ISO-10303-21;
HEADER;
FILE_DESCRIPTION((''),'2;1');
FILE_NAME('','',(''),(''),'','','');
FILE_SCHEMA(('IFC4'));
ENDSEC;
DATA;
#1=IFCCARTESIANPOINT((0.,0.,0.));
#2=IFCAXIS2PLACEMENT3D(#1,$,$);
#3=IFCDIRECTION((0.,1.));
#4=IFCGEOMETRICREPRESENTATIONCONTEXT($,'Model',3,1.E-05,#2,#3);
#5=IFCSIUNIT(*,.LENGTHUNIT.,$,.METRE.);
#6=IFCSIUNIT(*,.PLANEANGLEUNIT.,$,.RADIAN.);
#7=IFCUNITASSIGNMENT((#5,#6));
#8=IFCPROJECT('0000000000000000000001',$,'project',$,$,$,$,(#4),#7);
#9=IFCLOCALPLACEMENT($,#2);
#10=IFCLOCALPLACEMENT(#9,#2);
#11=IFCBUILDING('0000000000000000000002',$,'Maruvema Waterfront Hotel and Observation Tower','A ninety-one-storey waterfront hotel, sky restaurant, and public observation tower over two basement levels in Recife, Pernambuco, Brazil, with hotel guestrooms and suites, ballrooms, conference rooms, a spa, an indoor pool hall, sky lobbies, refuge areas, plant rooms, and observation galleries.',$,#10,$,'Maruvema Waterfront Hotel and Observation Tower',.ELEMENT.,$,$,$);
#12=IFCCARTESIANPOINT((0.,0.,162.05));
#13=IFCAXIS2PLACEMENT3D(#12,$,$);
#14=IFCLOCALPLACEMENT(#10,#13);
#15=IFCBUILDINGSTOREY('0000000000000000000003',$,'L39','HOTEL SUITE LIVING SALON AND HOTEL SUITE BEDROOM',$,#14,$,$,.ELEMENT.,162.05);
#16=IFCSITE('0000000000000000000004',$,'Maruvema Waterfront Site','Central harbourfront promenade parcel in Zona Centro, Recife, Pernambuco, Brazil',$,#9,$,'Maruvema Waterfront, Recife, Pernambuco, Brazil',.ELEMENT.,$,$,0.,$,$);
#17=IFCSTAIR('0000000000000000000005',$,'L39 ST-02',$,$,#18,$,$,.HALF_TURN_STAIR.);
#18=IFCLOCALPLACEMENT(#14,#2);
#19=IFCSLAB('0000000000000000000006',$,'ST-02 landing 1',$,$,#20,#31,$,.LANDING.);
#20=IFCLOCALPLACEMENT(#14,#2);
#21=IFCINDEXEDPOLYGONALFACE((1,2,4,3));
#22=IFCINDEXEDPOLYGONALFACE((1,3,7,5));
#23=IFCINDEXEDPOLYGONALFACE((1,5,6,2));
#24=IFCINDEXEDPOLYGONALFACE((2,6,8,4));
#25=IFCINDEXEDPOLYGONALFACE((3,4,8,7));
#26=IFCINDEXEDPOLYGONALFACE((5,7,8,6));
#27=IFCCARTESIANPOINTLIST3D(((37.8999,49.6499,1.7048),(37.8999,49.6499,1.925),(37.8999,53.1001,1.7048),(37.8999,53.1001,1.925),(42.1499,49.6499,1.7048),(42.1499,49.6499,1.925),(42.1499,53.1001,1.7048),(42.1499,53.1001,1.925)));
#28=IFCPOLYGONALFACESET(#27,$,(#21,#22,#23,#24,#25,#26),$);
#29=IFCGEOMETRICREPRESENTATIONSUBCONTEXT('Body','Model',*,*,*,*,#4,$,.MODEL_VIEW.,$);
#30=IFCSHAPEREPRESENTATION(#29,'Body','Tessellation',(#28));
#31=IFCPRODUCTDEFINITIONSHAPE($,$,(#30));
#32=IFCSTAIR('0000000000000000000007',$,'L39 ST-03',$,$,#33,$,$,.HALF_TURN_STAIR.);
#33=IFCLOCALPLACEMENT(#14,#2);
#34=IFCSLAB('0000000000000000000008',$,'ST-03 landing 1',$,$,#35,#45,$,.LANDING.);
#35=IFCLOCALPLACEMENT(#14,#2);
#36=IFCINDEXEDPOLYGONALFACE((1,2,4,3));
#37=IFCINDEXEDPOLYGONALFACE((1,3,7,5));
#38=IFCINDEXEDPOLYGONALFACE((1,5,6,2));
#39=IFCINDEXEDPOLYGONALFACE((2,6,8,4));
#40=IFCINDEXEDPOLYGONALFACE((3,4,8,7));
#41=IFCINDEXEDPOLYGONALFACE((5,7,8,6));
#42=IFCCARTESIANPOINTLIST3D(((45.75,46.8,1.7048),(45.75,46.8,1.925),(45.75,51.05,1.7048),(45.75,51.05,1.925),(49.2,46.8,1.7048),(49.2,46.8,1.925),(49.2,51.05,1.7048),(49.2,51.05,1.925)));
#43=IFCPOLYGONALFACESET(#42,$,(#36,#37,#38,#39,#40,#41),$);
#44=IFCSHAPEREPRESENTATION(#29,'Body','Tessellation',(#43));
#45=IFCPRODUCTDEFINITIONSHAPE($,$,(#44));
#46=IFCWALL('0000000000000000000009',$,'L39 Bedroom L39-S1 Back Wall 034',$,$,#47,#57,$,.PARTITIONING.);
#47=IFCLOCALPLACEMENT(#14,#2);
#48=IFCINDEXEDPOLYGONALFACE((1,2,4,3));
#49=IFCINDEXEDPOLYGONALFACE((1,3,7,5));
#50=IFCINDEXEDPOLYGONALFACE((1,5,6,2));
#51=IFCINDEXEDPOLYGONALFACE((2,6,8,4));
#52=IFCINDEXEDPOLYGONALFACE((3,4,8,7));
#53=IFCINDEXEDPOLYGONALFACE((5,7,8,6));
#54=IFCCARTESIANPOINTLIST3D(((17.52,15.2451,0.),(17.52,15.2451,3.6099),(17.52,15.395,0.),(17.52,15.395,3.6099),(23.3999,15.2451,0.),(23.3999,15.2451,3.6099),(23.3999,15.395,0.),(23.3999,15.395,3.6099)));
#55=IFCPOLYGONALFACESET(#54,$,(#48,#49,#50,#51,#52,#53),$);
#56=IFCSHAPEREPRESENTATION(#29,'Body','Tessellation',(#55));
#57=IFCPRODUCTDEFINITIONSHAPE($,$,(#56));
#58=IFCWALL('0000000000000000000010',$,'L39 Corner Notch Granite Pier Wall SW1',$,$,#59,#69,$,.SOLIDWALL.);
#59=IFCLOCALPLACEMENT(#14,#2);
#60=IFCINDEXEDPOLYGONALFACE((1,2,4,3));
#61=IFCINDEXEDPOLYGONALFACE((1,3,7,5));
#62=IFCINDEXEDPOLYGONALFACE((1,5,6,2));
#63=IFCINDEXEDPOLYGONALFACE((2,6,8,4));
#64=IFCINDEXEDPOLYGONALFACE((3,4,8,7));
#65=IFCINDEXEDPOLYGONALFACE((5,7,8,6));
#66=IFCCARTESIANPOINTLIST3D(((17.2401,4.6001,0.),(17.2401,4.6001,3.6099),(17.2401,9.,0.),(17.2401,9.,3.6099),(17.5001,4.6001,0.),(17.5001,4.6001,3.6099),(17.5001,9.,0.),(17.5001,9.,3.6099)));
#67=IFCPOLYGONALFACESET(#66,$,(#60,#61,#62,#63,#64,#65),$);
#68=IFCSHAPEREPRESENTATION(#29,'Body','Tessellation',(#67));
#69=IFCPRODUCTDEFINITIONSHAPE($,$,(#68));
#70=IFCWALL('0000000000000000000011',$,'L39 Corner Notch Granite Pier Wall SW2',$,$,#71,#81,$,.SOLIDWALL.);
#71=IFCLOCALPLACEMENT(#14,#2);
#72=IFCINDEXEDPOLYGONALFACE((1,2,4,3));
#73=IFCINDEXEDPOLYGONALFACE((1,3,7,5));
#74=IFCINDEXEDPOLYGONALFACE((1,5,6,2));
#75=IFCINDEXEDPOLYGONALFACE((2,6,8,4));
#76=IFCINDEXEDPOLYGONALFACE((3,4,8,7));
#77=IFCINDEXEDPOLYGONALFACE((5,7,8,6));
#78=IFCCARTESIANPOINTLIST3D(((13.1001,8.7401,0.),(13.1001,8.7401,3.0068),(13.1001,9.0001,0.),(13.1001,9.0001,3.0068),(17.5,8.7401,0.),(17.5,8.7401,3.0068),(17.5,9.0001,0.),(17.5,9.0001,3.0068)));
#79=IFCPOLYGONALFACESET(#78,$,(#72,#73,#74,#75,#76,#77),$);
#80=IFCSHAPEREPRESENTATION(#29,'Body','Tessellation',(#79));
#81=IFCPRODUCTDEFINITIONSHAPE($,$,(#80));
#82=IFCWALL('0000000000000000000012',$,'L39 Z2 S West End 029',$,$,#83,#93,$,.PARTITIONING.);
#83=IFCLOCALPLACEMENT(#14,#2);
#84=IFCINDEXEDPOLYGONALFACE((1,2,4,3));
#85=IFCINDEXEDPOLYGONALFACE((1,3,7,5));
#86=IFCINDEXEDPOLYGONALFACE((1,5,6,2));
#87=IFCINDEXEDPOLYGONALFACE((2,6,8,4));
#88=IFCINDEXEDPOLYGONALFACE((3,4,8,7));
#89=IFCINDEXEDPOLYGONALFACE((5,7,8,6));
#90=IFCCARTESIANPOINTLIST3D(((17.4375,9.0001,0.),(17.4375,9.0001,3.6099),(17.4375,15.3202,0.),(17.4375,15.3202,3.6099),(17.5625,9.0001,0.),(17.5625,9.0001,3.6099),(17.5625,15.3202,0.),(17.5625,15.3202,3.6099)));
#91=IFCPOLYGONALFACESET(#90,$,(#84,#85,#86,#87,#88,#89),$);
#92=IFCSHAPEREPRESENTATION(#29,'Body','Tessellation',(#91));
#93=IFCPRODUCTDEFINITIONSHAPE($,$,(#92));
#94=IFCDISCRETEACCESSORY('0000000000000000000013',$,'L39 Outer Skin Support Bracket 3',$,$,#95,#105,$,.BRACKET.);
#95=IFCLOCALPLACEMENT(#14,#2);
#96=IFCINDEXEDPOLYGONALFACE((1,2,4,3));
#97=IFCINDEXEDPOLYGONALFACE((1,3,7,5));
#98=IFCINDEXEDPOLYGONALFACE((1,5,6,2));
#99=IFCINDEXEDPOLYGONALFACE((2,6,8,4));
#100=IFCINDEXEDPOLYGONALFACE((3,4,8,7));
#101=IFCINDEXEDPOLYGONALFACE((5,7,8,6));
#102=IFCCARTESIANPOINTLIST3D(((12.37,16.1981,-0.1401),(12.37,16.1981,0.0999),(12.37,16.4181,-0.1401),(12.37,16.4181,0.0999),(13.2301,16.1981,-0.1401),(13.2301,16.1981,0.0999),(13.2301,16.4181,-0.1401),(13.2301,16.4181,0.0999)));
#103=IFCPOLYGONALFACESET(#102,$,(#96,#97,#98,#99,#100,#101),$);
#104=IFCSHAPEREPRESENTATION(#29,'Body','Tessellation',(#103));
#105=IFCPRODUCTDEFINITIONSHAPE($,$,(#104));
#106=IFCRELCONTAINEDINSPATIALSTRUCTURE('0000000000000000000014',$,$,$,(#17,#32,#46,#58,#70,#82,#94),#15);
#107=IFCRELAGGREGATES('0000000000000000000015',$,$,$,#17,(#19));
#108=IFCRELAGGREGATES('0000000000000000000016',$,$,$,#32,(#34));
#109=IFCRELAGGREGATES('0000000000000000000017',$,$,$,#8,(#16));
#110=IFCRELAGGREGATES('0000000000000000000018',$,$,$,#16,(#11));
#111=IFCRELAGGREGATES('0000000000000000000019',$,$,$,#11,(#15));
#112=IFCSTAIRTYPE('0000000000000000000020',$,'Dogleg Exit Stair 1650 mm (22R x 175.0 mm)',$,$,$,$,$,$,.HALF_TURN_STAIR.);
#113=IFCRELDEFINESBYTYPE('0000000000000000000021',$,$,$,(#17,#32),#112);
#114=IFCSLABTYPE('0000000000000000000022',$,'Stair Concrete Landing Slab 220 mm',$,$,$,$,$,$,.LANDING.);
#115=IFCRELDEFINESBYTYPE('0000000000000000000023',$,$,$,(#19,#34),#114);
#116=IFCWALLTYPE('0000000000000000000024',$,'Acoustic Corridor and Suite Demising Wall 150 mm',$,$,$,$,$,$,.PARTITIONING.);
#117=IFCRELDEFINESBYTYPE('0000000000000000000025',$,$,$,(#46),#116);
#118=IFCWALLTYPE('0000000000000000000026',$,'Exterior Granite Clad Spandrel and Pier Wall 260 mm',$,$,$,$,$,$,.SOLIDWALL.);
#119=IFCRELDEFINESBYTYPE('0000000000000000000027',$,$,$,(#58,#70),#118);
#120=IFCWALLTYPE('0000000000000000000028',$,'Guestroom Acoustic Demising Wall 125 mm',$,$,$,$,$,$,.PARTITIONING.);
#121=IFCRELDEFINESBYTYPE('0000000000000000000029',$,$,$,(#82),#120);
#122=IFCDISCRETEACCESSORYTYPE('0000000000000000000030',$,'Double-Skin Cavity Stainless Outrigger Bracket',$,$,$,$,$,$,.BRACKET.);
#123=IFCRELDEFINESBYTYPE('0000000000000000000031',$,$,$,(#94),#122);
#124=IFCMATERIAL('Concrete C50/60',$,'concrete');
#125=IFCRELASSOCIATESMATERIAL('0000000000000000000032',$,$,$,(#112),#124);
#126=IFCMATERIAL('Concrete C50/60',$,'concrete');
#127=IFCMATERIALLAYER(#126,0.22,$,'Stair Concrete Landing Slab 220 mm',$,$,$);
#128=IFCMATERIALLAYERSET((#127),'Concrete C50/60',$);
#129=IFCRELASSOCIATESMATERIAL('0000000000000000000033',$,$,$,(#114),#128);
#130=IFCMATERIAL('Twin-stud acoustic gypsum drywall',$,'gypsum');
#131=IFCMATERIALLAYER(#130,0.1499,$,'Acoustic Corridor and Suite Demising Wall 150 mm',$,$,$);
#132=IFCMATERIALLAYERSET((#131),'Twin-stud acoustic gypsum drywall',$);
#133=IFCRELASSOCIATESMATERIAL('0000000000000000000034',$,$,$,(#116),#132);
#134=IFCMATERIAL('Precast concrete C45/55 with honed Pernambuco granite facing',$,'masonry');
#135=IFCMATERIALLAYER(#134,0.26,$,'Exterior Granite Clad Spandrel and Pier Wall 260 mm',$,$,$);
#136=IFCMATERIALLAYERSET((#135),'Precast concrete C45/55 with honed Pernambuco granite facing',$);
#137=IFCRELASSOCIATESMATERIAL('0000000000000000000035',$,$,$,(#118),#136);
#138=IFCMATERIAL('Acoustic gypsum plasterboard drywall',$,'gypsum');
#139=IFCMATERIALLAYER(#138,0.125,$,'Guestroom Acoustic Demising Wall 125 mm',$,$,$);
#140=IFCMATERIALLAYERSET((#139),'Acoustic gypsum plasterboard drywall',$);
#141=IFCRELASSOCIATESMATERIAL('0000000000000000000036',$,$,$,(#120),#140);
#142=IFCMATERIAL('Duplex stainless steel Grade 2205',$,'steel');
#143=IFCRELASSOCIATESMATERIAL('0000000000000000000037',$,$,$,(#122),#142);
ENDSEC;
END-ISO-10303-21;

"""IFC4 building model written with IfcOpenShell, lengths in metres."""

from ifc_helpers import new_model, si_unit, direction, frame, frame_2d, origin, origin_2d, place, context, subcontext, project, spatial, polyline, rectangle, outline, extrude, material, layer, layer_set, type_object, element, aggregate, save


model = new_model("IFC4")

# Units and contexts
model_context = context("Model", 3, precision=1e-05, world=origin(), true_north=direction((0.0, 1.0)))
body_context = subcontext(model_context, "Body", "Model", "MODEL_VIEW")
ifc_project = project(units=[si_unit("LENGTHUNIT", "METRE"), si_unit("PLANEANGLEUNIT", "RADIAN")], contexts=[model_context])

# Site, building, storey
site_placement = place(None, origin())
site = spatial("IfcSite", under=ifc_project, at=site_placement, Name="Maruvema Waterfront Site", Description="Central harbourfront promenade parcel in Zona Centro, Recife, Pernambuco, Brazil", LongName="Maruvema Waterfront, Recife, Pernambuco, Brazil", CompositionType="ELEMENT", RefElevation=0.0)
building_placement = place(site_placement, origin())
building = spatial("IfcBuilding", under=site, at=building_placement, Name="Maruvema Waterfront Hotel and Observation Tower", Description="A ninety-one-storey waterfront hotel, sky restaurant, and public observation tower over two basement levels in Recife, Pernambuco, Brazil, with hotel guestrooms and suites, ballrooms, conference rooms, a spa, an indoor pool hall, sky lobbies, refuge areas, plant rooms, and observation galleries.", LongName="Maruvema Waterfront Hotel and Observation Tower", CompositionType="ELEMENT")
storey_placement = place(building_placement, frame((0.0, 0.0, 162.05)))
storey = spatial("IfcBuildingStorey", under=building, at=storey_placement, Name="L39", Description="HOTEL SUITE LIVING SALON AND HOTEL SUITE BEDROOM", CompositionType="ELEMENT", Elevation=162.05)

# Stairs, slabs
ifc_material_1 = material(Name="Concrete C50/60", Category="concrete")
stair_type = type_object("IfcStairType", Name="Dogleg Exit Stair 1650 mm (22R x 175.0 mm)", PredefinedType="HALF_TURN_STAIR", material=ifc_material_1)
ifc_material_2 = material(Name="Concrete C50/60", Category="concrete")
ifc_layer_1 = layer(ifc_material_2, 0.22, Name="Stair Concrete Landing Slab 220 mm")
ifc_layer_set_1 = layer_set([ifc_layer_1], Name="Concrete C50/60")
slab_type_1 = type_object("IfcSlabType", Name="Stair Concrete Landing Slab 220 mm", PredefinedType="LANDING", material=ifc_layer_set_1)
stair_1_placement = place(storey_placement, origin())
stair_1 = element("IfcStair", 1, at=stair_1_placement, inside=storey, type_object=stair_type, Name="L39 ST-02", PredefinedType="HALF_TURN_STAIR")
slab_1_placement = place(storey_placement, frame((0.0, 0.0, 1.7048)))
slab_1 = element("IfcSlab", 2, at=slab_1_placement, type_object=slab_type_1, Name="ST-02 landing 1", PredefinedType="LANDING", context=body_context, shape_type="SweptSolid", body=[
    extrude(outline(polyline([(37.8999, 49.6499), (42.1499, 49.6499), (42.1499, 53.1001), (37.8999, 53.1001), (37.8999, 49.6499)])), origin(), (0.0, 0.0, 1.0), 0.2202),
])
aggregate(stair_1, [slab_1])
stair_2_placement = place(storey_placement, origin())
stair_2 = element("IfcStair", 3, at=stair_2_placement, inside=storey, type_object=stair_type, Name="L39 ST-03", PredefinedType="HALF_TURN_STAIR")
slab_2_placement = place(storey_placement, frame((0.0, 0.0, 1.7048)))
slab_2 = element("IfcSlab", 4, at=slab_2_placement, type_object=slab_type_1, Name="ST-03 landing 1", PredefinedType="LANDING", context=body_context, shape_type="SweptSolid", body=[
    extrude(outline(polyline([(49.2, 46.8), (49.2, 51.05), (45.75, 51.05), (45.75, 46.8), (49.2, 46.8)])), origin(), (0.0, 0.0, 1.0), 0.2202),
])
aggregate(stair_2, [slab_2])

# Walls
ifc_material_3 = material(Name="Twin-stud acoustic gypsum drywall", Category="gypsum")
ifc_layer_2 = layer(ifc_material_3, 0.1499, Name="Acoustic Corridor and Suite Demising Wall 150 mm")
ifc_layer_set_2 = layer_set([ifc_layer_2], Name="Twin-stud acoustic gypsum drywall")
wall_type_1 = type_object("IfcWallType", Name="Acoustic Corridor and Suite Demising Wall 150 mm", PredefinedType="PARTITIONING", material=ifc_layer_set_2)
wall_1_placement = place(storey_placement, frame((17.52, 15.3201, 0.0), z_axis=(0.0, 0.0, 1.0), x_axis=(1.0, 0.0, 0.0)))
element("IfcWall", 5, at=wall_1_placement, inside=storey, type_object=wall_type_1, Name="L39 Bedroom L39-S1 Back Wall 034", PredefinedType="PARTITIONING", context=body_context, shape_type="SweptSolid", body=[
    extrude(rectangle(XDim=5.8799, YDim=0.1499, at=frame_2d((2.9399, 0.0))), origin(), (0.0, 0.0, 1.0), 3.6099),
])
ifc_material_4 = material(Name="Precast concrete C45/55 with honed Pernambuco granite facing", Category="masonry")
ifc_layer_3 = layer(ifc_material_4, 0.26, Name="Exterior Granite Clad Spandrel and Pier Wall 260 mm")
ifc_layer_set_3 = layer_set([ifc_layer_3], Name="Precast concrete C45/55 with honed Pernambuco granite facing")
wall_type_2 = type_object("IfcWallType", Name="Exterior Granite Clad Spandrel and Pier Wall 260 mm", PredefinedType="SOLIDWALL", material=ifc_layer_set_3)
wall_2_placement = place(storey_placement, frame((17.3701, 4.6001, 0.0), z_axis=(0.0, 0.0, 1.0), x_axis=(0.0, 1.0, 0.0)))
element("IfcWall", 6, at=wall_2_placement, inside=storey, type_object=wall_type_2, Name="L39 Corner Notch Granite Pier Wall SW1", PredefinedType="SOLIDWALL", context=body_context, shape_type="SweptSolid", body=[
    extrude(rectangle(XDim=4.3999, YDim=0.26, at=frame_2d((2.2, 0.0))), origin(), (0.0, 0.0, 1.0), 3.6099),
])
wall_3_placement = place(storey_placement, frame((17.5, 8.8701, 0.0), z_axis=(0.0, 0.0, 1.0), x_axis=(-1.0, 0.0, 0.0)))
element("IfcWall", 7, at=wall_3_placement, inside=storey, type_object=wall_type_2, Name="L39 Corner Notch Granite Pier Wall SW2", PredefinedType="SOLIDWALL", context=body_context, shape_type="SweptSolid", body=[
    extrude(rectangle(XDim=4.3999, YDim=0.26, at=frame_2d((2.2, 0.0))), origin(), (0.0, 0.0, 1.0), 3.0068),
])
ifc_material_5 = material(Name="Acoustic gypsum plasterboard drywall", Category="gypsum")
ifc_layer_4 = layer(ifc_material_5, 0.125, Name="Guestroom Acoustic Demising Wall 125 mm")
ifc_layer_set_4 = layer_set([ifc_layer_4], Name="Acoustic gypsum plasterboard drywall")
wall_type_3 = type_object("IfcWallType", Name="Guestroom Acoustic Demising Wall 125 mm", PredefinedType="PARTITIONING", material=ifc_layer_set_4)
wall_4_placement = place(storey_placement, frame((17.5, 9.0, 0.0), z_axis=(0.0, 0.0, 1.0), x_axis=(0.0, 1.0, 0.0)))
element("IfcWall", 8, at=wall_4_placement, inside=storey, type_object=wall_type_3, Name="L39 Z2 S West End 029", PredefinedType="PARTITIONING", context=body_context, shape_type="SweptSolid", body=[
    extrude(rectangle(XDim=6.3201, YDim=0.125, at=frame_2d((3.1602, 0.0))), origin(), (0.0, 0.0, 1.0), 3.6099),
])

# Discrete accessory
ifc_material_6 = material(Name="Duplex stainless steel Grade 2205", Category="steel")
discrete_accessory_type = type_object("IfcDiscreteAccessoryType", Name="Double-Skin Cavity Stainless Outrigger Bracket", PredefinedType="BRACKET", material=ifc_material_6)
discrete_accessory_placement = place(storey_placement, frame((12.8, 16.3081, -0.1401), z_axis=(0.0, 0.0, 1.0), x_axis=(0.0, -1.0, 0.0)))
element("IfcDiscreteAccessory", 9, at=discrete_accessory_placement, inside=storey, type_object=discrete_accessory_type, Name="L39 Outer Skin Support Bracket 3", PredefinedType="BRACKET", context=body_context, shape_type="SweptSolid", body=[
    extrude(rectangle(XDim=0.22, YDim=0.8601, at=origin_2d()), origin(), (0.0, 0.0, 1.0), 0.24),
])

save(model, "model.ifc")
